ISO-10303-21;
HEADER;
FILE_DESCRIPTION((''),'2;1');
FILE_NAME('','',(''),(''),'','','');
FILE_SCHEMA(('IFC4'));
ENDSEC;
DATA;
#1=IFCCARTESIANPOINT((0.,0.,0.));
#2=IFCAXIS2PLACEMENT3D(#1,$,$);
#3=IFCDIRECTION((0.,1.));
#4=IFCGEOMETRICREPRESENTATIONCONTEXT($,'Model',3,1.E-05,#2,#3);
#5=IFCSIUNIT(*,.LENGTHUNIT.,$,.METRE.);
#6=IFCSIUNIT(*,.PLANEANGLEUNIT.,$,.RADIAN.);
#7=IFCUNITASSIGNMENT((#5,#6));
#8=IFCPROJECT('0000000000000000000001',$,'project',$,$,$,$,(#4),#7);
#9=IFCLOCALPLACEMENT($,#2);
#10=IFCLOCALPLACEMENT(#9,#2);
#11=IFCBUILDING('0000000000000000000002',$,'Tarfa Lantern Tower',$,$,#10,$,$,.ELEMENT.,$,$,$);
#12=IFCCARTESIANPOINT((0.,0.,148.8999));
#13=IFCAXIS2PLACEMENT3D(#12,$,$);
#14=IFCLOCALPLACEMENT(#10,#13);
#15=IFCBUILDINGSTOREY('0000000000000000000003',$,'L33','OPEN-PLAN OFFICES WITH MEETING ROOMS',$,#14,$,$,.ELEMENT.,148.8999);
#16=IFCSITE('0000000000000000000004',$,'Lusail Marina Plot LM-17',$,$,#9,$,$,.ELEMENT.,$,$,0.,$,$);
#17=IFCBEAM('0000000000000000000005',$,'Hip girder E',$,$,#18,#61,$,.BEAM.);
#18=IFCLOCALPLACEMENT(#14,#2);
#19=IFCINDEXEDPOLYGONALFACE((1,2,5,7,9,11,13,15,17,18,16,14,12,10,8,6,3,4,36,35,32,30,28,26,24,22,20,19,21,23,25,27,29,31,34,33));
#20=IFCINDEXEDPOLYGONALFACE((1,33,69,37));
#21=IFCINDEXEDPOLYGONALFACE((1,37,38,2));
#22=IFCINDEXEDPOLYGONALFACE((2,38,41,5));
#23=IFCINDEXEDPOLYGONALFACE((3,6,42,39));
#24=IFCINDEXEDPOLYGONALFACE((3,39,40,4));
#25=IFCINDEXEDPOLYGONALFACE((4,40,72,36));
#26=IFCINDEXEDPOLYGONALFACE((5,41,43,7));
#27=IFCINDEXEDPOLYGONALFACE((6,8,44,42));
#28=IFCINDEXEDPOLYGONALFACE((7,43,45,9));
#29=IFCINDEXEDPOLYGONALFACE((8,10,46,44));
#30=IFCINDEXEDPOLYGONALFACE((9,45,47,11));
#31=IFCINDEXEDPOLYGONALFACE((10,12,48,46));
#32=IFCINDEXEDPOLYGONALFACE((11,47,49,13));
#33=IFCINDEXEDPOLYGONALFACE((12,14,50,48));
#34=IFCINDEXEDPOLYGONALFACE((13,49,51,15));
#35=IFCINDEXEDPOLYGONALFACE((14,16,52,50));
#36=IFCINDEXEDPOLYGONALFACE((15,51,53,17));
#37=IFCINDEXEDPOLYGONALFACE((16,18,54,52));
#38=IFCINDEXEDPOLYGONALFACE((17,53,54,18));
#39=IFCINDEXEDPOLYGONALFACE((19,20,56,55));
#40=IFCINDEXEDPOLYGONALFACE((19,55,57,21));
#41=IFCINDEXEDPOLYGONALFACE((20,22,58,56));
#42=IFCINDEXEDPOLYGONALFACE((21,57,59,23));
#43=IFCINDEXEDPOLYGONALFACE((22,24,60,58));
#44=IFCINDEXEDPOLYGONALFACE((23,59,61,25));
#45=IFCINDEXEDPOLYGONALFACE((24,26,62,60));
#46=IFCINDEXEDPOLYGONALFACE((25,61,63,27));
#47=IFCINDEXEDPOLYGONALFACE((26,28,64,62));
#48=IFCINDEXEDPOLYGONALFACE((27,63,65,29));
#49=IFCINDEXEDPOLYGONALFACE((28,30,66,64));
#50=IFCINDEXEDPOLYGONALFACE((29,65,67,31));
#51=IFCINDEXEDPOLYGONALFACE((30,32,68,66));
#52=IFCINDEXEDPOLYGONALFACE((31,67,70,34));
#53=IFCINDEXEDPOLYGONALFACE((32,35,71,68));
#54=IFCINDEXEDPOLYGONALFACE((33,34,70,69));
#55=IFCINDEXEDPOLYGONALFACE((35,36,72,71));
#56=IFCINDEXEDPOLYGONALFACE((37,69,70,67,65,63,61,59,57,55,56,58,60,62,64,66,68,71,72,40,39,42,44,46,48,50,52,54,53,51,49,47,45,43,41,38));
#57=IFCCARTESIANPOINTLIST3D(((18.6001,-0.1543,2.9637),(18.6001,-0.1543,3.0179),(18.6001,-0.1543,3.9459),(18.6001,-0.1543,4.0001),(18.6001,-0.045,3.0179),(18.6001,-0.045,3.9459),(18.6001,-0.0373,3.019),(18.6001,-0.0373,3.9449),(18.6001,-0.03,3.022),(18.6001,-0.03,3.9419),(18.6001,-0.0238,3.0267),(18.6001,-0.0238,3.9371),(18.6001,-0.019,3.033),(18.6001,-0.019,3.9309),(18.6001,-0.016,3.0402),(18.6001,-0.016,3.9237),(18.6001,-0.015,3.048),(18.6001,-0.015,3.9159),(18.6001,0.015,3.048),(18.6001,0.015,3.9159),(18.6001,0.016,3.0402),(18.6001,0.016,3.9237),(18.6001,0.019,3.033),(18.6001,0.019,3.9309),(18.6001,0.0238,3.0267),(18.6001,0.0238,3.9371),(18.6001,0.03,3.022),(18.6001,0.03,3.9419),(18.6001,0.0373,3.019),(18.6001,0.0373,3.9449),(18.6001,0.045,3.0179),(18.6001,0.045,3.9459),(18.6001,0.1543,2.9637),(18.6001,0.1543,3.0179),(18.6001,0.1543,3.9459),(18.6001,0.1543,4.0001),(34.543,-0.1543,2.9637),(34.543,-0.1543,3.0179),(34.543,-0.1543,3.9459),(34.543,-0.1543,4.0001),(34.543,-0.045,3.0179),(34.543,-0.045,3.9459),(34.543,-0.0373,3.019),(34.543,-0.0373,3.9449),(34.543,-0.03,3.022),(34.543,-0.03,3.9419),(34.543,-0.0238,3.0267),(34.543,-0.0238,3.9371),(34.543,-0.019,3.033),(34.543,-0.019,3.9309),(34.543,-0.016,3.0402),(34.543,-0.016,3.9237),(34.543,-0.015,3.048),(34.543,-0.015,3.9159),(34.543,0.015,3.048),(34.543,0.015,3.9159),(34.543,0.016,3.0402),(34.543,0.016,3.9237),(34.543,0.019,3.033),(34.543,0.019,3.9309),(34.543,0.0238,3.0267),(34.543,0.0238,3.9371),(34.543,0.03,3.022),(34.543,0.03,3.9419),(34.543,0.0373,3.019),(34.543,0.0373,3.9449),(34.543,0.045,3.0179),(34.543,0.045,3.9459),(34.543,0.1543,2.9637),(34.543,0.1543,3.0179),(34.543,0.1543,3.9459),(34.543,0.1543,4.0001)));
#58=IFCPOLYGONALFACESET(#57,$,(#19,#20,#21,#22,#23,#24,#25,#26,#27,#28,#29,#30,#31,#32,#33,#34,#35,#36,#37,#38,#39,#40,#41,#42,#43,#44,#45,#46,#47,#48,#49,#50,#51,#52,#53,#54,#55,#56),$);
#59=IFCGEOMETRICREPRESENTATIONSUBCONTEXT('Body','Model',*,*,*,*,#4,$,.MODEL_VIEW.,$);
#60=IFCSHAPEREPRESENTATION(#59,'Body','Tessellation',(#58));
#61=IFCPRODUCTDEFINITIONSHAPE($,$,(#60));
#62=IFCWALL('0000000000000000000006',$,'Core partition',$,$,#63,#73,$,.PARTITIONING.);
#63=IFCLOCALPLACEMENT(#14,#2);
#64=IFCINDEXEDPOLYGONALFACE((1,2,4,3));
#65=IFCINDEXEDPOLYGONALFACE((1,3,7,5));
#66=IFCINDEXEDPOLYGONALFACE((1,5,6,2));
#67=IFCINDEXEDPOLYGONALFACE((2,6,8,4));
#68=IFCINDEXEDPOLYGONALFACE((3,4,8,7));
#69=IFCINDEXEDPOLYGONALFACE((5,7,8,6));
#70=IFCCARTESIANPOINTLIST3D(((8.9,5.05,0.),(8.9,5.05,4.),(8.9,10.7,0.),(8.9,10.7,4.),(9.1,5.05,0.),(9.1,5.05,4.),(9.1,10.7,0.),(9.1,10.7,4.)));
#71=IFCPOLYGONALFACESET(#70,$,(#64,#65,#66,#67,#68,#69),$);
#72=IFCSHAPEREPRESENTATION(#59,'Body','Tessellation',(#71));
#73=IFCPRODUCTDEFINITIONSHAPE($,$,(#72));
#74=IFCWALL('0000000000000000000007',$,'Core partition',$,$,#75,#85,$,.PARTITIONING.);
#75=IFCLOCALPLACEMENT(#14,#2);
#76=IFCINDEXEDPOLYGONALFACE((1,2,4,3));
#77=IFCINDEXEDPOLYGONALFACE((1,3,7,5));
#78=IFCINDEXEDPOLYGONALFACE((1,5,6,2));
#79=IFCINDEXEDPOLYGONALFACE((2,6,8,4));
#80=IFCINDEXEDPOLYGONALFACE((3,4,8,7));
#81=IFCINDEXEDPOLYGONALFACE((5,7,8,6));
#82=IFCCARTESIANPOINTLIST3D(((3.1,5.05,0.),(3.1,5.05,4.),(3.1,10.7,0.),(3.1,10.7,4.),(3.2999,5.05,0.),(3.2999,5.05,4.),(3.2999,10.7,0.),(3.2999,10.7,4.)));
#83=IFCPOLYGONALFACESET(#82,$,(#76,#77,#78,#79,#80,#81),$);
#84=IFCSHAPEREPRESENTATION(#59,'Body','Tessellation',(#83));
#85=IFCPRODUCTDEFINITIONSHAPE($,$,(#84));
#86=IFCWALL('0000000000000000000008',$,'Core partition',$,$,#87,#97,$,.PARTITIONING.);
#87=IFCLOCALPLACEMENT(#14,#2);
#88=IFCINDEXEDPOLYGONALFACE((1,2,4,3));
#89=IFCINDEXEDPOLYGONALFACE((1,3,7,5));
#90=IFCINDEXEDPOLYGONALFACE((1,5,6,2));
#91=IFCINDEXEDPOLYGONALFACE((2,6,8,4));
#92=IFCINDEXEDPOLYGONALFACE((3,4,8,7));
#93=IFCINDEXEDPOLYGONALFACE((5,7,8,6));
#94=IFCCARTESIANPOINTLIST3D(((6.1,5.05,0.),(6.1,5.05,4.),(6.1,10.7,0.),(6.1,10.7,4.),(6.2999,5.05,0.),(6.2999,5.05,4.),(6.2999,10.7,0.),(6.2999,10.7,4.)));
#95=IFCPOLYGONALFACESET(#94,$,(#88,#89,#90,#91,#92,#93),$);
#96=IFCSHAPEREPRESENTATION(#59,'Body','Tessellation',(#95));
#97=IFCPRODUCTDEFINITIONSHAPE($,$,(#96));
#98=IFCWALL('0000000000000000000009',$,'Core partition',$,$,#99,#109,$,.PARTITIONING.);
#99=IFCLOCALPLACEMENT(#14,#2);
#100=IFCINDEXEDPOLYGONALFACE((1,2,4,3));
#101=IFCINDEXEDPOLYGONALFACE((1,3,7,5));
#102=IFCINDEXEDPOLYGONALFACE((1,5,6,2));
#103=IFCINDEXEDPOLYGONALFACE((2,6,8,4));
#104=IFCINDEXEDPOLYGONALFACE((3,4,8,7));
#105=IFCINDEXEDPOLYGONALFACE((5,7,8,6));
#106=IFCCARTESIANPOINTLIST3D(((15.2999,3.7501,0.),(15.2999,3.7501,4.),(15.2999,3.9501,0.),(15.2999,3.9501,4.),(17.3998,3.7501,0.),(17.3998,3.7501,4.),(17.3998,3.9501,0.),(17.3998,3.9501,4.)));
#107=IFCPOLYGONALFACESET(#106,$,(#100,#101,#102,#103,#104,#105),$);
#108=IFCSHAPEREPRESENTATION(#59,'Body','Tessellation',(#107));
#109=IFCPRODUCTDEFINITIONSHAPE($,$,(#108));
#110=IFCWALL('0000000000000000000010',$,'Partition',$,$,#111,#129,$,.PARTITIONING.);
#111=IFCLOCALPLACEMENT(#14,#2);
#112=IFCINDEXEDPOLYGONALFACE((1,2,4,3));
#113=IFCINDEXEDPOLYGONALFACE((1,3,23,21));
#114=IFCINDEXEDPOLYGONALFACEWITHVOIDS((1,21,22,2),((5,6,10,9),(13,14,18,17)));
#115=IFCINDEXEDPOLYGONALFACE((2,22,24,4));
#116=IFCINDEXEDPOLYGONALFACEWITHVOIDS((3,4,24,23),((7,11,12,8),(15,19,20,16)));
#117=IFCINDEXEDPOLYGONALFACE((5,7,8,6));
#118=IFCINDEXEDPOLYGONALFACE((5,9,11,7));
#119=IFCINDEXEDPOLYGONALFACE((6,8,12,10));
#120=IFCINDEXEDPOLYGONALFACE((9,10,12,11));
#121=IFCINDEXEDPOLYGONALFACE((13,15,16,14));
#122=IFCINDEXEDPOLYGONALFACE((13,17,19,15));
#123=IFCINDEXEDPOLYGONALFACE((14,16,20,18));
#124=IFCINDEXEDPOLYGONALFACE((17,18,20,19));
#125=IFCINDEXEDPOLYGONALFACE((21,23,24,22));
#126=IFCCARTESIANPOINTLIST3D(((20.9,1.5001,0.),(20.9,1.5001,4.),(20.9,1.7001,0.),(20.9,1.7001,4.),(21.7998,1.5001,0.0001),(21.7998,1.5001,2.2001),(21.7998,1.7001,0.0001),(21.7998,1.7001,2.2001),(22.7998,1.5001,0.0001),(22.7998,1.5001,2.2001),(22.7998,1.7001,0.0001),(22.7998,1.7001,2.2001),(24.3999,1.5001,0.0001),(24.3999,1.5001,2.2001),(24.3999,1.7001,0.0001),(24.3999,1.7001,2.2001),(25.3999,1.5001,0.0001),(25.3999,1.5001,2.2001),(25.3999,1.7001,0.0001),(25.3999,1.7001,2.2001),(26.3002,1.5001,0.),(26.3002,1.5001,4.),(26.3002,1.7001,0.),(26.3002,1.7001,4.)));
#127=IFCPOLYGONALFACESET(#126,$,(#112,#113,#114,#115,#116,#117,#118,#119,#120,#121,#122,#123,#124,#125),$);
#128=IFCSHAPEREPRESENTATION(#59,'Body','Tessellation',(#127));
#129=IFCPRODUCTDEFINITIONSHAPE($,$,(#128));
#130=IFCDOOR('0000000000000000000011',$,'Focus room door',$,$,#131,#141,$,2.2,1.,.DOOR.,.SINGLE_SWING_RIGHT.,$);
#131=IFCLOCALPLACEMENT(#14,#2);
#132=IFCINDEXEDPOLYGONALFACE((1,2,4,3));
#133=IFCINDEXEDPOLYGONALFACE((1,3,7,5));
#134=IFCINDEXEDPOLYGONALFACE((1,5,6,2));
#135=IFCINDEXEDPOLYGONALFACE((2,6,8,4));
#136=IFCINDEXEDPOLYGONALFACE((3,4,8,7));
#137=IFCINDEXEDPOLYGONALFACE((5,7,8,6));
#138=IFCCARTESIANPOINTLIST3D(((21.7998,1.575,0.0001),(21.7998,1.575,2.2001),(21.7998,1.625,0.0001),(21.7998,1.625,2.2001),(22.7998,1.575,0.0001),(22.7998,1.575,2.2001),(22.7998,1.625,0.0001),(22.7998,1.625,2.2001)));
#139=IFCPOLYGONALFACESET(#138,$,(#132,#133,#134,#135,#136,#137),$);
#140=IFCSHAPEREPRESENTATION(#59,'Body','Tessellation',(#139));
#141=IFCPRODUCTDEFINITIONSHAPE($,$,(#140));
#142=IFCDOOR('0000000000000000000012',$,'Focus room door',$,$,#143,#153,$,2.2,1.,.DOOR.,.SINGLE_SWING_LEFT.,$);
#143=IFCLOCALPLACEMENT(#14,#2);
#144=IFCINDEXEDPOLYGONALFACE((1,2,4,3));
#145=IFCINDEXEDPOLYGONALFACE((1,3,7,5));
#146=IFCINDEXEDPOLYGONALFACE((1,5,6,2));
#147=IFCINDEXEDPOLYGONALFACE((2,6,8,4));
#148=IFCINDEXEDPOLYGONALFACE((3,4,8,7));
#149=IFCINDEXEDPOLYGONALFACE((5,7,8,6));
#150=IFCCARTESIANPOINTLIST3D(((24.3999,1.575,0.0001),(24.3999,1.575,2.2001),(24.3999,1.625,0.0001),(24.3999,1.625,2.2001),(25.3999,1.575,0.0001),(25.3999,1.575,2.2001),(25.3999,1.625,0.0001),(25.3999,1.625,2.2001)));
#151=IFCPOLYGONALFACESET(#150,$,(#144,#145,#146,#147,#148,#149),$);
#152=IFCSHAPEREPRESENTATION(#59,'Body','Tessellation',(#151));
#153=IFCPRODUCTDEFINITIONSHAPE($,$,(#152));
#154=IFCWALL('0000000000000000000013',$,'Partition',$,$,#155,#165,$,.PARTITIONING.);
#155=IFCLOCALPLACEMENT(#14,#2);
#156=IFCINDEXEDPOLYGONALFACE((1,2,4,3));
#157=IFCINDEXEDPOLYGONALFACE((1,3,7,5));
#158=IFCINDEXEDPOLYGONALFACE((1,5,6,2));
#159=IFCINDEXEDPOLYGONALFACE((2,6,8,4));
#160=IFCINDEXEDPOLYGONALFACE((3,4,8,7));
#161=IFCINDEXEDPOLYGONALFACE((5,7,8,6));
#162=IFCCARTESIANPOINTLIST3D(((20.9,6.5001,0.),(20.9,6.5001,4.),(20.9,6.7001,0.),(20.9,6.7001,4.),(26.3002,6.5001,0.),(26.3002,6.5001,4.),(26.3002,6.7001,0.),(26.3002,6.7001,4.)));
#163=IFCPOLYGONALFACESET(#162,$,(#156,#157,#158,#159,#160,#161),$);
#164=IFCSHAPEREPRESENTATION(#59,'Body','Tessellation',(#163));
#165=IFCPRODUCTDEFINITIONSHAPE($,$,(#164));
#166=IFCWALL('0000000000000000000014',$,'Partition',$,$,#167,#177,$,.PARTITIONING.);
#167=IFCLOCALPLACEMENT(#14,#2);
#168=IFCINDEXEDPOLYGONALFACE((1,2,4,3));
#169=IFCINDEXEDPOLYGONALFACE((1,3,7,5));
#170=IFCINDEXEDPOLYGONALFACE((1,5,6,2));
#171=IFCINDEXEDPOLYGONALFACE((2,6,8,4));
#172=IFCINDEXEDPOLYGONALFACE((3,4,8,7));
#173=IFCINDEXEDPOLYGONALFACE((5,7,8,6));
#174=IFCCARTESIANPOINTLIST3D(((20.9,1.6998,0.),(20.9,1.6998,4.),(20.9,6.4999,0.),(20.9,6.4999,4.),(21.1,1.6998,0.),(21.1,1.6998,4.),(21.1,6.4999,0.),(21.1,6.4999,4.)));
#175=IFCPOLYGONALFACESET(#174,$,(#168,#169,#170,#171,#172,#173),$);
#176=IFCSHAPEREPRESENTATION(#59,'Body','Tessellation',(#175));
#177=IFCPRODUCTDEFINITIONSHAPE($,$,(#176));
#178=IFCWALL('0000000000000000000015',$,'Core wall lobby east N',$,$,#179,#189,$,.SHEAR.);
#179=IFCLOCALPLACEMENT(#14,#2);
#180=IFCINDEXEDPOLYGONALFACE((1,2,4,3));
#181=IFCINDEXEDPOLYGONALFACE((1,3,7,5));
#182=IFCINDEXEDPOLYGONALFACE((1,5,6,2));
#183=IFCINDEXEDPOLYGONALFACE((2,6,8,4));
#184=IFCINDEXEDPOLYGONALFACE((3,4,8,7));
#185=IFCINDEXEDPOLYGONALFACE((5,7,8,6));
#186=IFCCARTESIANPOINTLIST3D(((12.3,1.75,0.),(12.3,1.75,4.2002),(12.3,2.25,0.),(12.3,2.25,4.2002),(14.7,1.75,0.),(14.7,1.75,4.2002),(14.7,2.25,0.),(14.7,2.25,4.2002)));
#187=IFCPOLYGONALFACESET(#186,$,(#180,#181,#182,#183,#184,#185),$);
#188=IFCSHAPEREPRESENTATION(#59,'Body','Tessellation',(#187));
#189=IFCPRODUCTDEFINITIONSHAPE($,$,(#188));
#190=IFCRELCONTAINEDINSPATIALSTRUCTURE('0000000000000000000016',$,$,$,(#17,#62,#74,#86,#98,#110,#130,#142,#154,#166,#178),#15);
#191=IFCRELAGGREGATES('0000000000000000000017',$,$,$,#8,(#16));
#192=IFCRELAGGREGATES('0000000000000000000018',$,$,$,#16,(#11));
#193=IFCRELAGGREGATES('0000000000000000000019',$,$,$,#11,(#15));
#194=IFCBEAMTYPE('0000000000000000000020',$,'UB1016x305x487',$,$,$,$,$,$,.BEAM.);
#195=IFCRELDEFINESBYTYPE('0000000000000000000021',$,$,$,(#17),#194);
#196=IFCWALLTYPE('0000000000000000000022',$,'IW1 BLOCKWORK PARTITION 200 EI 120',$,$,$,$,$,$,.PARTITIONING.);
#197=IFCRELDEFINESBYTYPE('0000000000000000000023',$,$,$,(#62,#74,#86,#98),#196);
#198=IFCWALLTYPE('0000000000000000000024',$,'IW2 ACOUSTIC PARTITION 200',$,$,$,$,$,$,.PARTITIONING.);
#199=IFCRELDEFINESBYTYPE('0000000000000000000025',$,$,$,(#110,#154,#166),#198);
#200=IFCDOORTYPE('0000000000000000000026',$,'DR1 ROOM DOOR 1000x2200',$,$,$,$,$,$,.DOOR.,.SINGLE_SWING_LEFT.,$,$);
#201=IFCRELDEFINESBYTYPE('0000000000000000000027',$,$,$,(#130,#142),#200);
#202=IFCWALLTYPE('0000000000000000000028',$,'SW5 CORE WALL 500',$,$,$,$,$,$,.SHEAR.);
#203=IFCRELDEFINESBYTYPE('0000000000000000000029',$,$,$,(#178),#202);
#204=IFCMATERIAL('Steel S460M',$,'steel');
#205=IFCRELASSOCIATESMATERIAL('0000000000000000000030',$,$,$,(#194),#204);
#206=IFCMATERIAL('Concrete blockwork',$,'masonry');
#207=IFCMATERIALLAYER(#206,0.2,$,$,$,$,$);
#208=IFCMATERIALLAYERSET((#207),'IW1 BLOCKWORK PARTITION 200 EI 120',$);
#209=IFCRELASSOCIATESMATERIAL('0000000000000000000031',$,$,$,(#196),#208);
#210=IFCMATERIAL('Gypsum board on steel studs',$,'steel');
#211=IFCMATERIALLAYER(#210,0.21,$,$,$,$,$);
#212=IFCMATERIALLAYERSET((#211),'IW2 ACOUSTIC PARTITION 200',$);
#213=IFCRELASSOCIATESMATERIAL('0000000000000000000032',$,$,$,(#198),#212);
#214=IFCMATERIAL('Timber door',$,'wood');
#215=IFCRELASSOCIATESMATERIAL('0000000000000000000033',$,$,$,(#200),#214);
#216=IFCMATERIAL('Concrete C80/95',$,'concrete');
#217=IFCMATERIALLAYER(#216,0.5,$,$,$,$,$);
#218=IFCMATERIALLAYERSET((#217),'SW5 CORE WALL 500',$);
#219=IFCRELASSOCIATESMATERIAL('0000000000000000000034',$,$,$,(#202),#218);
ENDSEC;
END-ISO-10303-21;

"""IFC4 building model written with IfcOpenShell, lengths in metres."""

from ifc_helpers import new_model, si_unit, direction, frame, frame_2d, origin, origin_2d, place, context, subcontext, project, spatial, rectangle, i_section, extrude, material, layer, layer_set, material_profile, profile_set, type_object, element, fill, save


model = new_model("IFC4")

# Units and contexts
model_context = context("Model", 3, precision=1e-05, world=origin(), true_north=direction((0.0, 1.0)))
body_context = subcontext(model_context, "Body", "Model", "MODEL_VIEW")
ifc_project = project(units=[si_unit("LENGTHUNIT", "METRE"), si_unit("PLANEANGLEUNIT", "RADIAN")], contexts=[model_context])

# Site, building, storey
site_placement = place(None, origin())
site = spatial("IfcSite", under=ifc_project, at=site_placement, Name="Lusail Marina Plot LM-17", CompositionType="ELEMENT", RefElevation=0.0)
building_placement = place(site_placement, origin())
building = spatial("IfcBuilding", under=site, at=building_placement, Name="Tarfa Lantern Tower", CompositionType="ELEMENT")
storey_placement = place(building_placement, frame((0.0, 0.0, 148.8999)))
storey = spatial("IfcBuildingStorey", under=building, at=storey_placement, Name="L33", Description="OPEN-PLAN OFFICES WITH MEETING ROOMS", CompositionType="ELEMENT", Elevation=148.8999)

# Beam
ifc_material_1 = material(Name="Steel S460M", Category="steel")
ifc_material_profile = material_profile(ifc_material_1, i_section(OverallWidth=0.3086, OverallDepth=1.0364, WebThickness=0.03, FlangeThickness=0.0542, FilletRadius=0.03, at=origin_2d()), Name="UB1016x305x487")
ifc_profile_set = profile_set([ifc_material_profile], Name="Steel S460M")
beam_type = type_object("IfcBeamType", Name="UB1016x305x487", PredefinedType="BEAM", material=ifc_profile_set)
beam_placement = place(storey_placement, frame((18.6001, 0.0, 3.4819), z_axis=(1.0, 0.0, 0.0), x_axis=(0.0, 1.0, 0.0)))
element("IfcBeam", 1, at=beam_placement, inside=storey, type_object=beam_type, Name="Hip girder E", PredefinedType="BEAM", context=body_context, shape_type="SweptSolid", body=[
    extrude(i_section(OverallWidth=0.3086, OverallDepth=1.0364, WebThickness=0.03, FlangeThickness=0.0542, FilletRadius=0.03, at=origin_2d()), origin(), (0.0, 0.0, 1.0), 15.9429),
])

# Walls
ifc_material_2 = material(Name="Concrete blockwork", Category="masonry")
ifc_layer_1 = layer(ifc_material_2, 0.2)
ifc_layer_set_1 = layer_set([ifc_layer_1], Name="IW1 BLOCKWORK PARTITION 200 EI 120")
wall_type_1 = type_object("IfcWallType", Name="IW1 BLOCKWORK PARTITION 200 EI 120", PredefinedType="PARTITIONING", material=ifc_layer_set_1)
for number, where, z_axis, x_axis, name in (
    (2, (9.0, 5.05, 0.0), (0.0, 0.0, 1.0), (0.0, 1.0, 0.0), "Core partition"),
    (3, (3.2, 5.05, 0.0), (0.0, 0.0, 1.0), (0.0, 1.0, 0.0), "Core partition"),
    (4, (6.2, 5.05, 0.0), (0.0, 0.0, 1.0), (0.0, 1.0, 0.0), "Core partition"),
):
    element("IfcWall", number, at=place(storey_placement, frame(where, z_axis=z_axis, x_axis=x_axis)), inside=storey, type_object=wall_type_1, Name=name, PredefinedType="PARTITIONING", context=body_context, shape_type="SweptSolid", body=[
        extrude(rectangle(XDim=5.6499, YDim=0.2, at=frame_2d((2.825, 0.0))), origin(), (0.0, 0.0, 1.0), 4.0),
    ])
wall_1_placement = place(storey_placement, frame((15.3, 3.8501, 0.0), z_axis=(0.0, 0.0, 1.0), x_axis=(1.0, 0.0, 0.0)))
element("IfcWall", 5, at=wall_1_placement, inside=storey, type_object=wall_type_1, Name="Core partition", PredefinedType="PARTITIONING", context=body_context, shape_type="SweptSolid", body=[
    extrude(rectangle(XDim=2.0999, YDim=0.2, at=frame_2d((1.0498, 0.0))), origin(), (0.0, 0.0, 1.0), 4.0),
])

# Wall, openings, doors
ifc_material_3 = material(Name="Gypsum board on steel studs", Category="steel")
ifc_layer_2 = layer(ifc_material_3, 0.21)
ifc_layer_set_2 = layer_set([ifc_layer_2], Name="IW2 ACOUSTIC PARTITION 200")
wall_type_2 = type_object("IfcWallType", Name="IW2 ACOUSTIC PARTITION 200", PredefinedType="PARTITIONING", material=ifc_layer_set_2)
wall_2_placement = place(storey_placement, frame((20.8999, 1.6001, 0.0), z_axis=(0.0, 0.0, 1.0), x_axis=(1.0, 0.0, 0.0)))
wall_2 = element("IfcWall", 6, at=wall_2_placement, inside=storey, type_object=wall_type_2, Name="Partition", PredefinedType="PARTITIONING", context=body_context, shape_type="SweptSolid", body=[
    extrude(rectangle(XDim=5.4001, YDim=0.2, at=frame_2d((2.7002, 0.0))), origin(), (0.0, 0.0, 1.0), 4.0),
])
opening_1_placement = place(wall_2_placement, frame((0.8999, 0.0, 0.0)))
opening_1 = element("IfcOpeningElement", 7, at=opening_1_placement, cuts=wall_2, PredefinedType="OPENING", context=body_context, shape_type="SweptSolid", body=[
    extrude(rectangle(XDim=1.0, YDim=2.2, at=frame_2d((0.5, 1.1001))), frame((0.0, 0.1099, 0.0), z_axis=(0.0, -1.0, 0.0), x_axis=(1.0, 0.0, 0.0)), (0.0, 0.0, 1.0), 0.22),
])
opening_2_placement = place(wall_2_placement, frame((3.5, 0.0, 0.0)))
opening_2 = element("IfcOpeningElement", 8, at=opening_2_placement, cuts=wall_2, PredefinedType="OPENING", context=body_context, shape_type="SweptSolid", body=[
    extrude(rectangle(XDim=1.0, YDim=2.2, at=frame_2d((0.5, 1.1001))), frame((0.0, 0.1099, 0.0), z_axis=(0.0, -1.0, 0.0), x_axis=(1.0, 0.0, 0.0)), (0.0, 0.0, 1.0), 0.22),
])
ifc_material_4 = material(Name="Timber door", Category="wood")
door_type_1 = type_object("IfcDoorType", Name="DR1 ROOM DOOR 1000x2200", OperationType="SINGLE_SWING_LEFT", PredefinedType="DOOR", material=ifc_material_4)
door_1_placement = place(opening_1_placement, origin())
door_1 = element("IfcDoor", 9, at=door_1_placement, inside=storey, type_object=door_type_1, Name="Focus room door", OperationType="SINGLE_SWING_RIGHT", OverallHeight=2.2, OverallWidth=1.0, PredefinedType="DOOR", context=body_context, shape_type="SweptSolid", body=[
    extrude(rectangle(XDim=1.0, YDim=2.2, at=frame_2d((0.5, 1.1001))), frame((0.0, 0.0249, 0.0), z_axis=(0.0, -1.0, 0.0), x_axis=(1.0, 0.0, 0.0)), (0.0, 0.0, 1.0), 0.05),
])
fill(opening_1, door_1)
door_2_placement = place(opening_2_placement, origin())
door_2 = element("IfcDoor", 10, at=door_2_placement, inside=storey, type_object=door_type_1, Name="Focus room door", OperationType="SINGLE_SWING_LEFT", OverallHeight=2.2, OverallWidth=1.0, PredefinedType="DOOR", context=body_context, shape_type="SweptSolid", body=[
    extrude(rectangle(XDim=1.0, YDim=2.2, at=frame_2d((0.5, 1.1001))), frame((0.0, 0.0249, 0.0), z_axis=(0.0, -1.0, 0.0), x_axis=(1.0, 0.0, 0.0)), (0.0, 0.0, 1.0), 0.05),
])
fill(opening_2, door_2)

# Walls
wall_3_placement = place(storey_placement, frame((20.8999, 6.6001, 0.0), z_axis=(0.0, 0.0, 1.0), x_axis=(1.0, 0.0, 0.0)))
element("IfcWall", 11, at=wall_3_placement, inside=storey, type_object=wall_type_2, Name="Partition", PredefinedType="PARTITIONING", context=body_context, shape_type="SweptSolid", body=[
    extrude(rectangle(XDim=5.4001, YDim=0.2, at=frame_2d((2.7002, 0.0))), origin(), (0.0, 0.0, 1.0), 4.0),
])
wall_4_placement = place(storey_placement, frame((21.0, 1.7, 0.0), z_axis=(0.0, 0.0, 1.0), x_axis=(0.0, 1.0, 0.0)))
element("IfcWall", 12, at=wall_4_placement, inside=storey, type_object=wall_type_2, Name="Partition", PredefinedType="PARTITIONING", context=body_context, shape_type="SweptSolid", body=[
    extrude(rectangle(XDim=4.8, YDim=0.2, at=frame_2d((2.3999, 0.0))), origin(), (0.0, 0.0, 1.0), 4.0),
])
ifc_material_5 = material(Name="Concrete C80/95", Category="concrete")
ifc_layer_3 = layer(ifc_material_5, 0.5)
ifc_layer_set_3 = layer_set([ifc_layer_3], Name="SW5 CORE WALL 500")
wall_type_3 = type_object("IfcWallType", Name="SW5 CORE WALL 500", PredefinedType="SHEAR", material=ifc_layer_set_3)
wall_5_placement = place(storey_placement, frame((12.3, 2.0, 0.0), z_axis=(0.0, 0.0, 1.0), x_axis=(1.0, 0.0, 0.0)))
element("IfcWall", 13, at=wall_5_placement, inside=storey, type_object=wall_type_3, Name="Core wall lobby east N", PredefinedType="SHEAR", context=body_context, shape_type="SweptSolid", body=[
    extrude(rectangle(XDim=2.3999, YDim=0.5, at=frame_2d((1.2, 0.0))), origin(), (0.0, 0.0, 1.0), 4.2002),
])

save(model, "model.ifc")
